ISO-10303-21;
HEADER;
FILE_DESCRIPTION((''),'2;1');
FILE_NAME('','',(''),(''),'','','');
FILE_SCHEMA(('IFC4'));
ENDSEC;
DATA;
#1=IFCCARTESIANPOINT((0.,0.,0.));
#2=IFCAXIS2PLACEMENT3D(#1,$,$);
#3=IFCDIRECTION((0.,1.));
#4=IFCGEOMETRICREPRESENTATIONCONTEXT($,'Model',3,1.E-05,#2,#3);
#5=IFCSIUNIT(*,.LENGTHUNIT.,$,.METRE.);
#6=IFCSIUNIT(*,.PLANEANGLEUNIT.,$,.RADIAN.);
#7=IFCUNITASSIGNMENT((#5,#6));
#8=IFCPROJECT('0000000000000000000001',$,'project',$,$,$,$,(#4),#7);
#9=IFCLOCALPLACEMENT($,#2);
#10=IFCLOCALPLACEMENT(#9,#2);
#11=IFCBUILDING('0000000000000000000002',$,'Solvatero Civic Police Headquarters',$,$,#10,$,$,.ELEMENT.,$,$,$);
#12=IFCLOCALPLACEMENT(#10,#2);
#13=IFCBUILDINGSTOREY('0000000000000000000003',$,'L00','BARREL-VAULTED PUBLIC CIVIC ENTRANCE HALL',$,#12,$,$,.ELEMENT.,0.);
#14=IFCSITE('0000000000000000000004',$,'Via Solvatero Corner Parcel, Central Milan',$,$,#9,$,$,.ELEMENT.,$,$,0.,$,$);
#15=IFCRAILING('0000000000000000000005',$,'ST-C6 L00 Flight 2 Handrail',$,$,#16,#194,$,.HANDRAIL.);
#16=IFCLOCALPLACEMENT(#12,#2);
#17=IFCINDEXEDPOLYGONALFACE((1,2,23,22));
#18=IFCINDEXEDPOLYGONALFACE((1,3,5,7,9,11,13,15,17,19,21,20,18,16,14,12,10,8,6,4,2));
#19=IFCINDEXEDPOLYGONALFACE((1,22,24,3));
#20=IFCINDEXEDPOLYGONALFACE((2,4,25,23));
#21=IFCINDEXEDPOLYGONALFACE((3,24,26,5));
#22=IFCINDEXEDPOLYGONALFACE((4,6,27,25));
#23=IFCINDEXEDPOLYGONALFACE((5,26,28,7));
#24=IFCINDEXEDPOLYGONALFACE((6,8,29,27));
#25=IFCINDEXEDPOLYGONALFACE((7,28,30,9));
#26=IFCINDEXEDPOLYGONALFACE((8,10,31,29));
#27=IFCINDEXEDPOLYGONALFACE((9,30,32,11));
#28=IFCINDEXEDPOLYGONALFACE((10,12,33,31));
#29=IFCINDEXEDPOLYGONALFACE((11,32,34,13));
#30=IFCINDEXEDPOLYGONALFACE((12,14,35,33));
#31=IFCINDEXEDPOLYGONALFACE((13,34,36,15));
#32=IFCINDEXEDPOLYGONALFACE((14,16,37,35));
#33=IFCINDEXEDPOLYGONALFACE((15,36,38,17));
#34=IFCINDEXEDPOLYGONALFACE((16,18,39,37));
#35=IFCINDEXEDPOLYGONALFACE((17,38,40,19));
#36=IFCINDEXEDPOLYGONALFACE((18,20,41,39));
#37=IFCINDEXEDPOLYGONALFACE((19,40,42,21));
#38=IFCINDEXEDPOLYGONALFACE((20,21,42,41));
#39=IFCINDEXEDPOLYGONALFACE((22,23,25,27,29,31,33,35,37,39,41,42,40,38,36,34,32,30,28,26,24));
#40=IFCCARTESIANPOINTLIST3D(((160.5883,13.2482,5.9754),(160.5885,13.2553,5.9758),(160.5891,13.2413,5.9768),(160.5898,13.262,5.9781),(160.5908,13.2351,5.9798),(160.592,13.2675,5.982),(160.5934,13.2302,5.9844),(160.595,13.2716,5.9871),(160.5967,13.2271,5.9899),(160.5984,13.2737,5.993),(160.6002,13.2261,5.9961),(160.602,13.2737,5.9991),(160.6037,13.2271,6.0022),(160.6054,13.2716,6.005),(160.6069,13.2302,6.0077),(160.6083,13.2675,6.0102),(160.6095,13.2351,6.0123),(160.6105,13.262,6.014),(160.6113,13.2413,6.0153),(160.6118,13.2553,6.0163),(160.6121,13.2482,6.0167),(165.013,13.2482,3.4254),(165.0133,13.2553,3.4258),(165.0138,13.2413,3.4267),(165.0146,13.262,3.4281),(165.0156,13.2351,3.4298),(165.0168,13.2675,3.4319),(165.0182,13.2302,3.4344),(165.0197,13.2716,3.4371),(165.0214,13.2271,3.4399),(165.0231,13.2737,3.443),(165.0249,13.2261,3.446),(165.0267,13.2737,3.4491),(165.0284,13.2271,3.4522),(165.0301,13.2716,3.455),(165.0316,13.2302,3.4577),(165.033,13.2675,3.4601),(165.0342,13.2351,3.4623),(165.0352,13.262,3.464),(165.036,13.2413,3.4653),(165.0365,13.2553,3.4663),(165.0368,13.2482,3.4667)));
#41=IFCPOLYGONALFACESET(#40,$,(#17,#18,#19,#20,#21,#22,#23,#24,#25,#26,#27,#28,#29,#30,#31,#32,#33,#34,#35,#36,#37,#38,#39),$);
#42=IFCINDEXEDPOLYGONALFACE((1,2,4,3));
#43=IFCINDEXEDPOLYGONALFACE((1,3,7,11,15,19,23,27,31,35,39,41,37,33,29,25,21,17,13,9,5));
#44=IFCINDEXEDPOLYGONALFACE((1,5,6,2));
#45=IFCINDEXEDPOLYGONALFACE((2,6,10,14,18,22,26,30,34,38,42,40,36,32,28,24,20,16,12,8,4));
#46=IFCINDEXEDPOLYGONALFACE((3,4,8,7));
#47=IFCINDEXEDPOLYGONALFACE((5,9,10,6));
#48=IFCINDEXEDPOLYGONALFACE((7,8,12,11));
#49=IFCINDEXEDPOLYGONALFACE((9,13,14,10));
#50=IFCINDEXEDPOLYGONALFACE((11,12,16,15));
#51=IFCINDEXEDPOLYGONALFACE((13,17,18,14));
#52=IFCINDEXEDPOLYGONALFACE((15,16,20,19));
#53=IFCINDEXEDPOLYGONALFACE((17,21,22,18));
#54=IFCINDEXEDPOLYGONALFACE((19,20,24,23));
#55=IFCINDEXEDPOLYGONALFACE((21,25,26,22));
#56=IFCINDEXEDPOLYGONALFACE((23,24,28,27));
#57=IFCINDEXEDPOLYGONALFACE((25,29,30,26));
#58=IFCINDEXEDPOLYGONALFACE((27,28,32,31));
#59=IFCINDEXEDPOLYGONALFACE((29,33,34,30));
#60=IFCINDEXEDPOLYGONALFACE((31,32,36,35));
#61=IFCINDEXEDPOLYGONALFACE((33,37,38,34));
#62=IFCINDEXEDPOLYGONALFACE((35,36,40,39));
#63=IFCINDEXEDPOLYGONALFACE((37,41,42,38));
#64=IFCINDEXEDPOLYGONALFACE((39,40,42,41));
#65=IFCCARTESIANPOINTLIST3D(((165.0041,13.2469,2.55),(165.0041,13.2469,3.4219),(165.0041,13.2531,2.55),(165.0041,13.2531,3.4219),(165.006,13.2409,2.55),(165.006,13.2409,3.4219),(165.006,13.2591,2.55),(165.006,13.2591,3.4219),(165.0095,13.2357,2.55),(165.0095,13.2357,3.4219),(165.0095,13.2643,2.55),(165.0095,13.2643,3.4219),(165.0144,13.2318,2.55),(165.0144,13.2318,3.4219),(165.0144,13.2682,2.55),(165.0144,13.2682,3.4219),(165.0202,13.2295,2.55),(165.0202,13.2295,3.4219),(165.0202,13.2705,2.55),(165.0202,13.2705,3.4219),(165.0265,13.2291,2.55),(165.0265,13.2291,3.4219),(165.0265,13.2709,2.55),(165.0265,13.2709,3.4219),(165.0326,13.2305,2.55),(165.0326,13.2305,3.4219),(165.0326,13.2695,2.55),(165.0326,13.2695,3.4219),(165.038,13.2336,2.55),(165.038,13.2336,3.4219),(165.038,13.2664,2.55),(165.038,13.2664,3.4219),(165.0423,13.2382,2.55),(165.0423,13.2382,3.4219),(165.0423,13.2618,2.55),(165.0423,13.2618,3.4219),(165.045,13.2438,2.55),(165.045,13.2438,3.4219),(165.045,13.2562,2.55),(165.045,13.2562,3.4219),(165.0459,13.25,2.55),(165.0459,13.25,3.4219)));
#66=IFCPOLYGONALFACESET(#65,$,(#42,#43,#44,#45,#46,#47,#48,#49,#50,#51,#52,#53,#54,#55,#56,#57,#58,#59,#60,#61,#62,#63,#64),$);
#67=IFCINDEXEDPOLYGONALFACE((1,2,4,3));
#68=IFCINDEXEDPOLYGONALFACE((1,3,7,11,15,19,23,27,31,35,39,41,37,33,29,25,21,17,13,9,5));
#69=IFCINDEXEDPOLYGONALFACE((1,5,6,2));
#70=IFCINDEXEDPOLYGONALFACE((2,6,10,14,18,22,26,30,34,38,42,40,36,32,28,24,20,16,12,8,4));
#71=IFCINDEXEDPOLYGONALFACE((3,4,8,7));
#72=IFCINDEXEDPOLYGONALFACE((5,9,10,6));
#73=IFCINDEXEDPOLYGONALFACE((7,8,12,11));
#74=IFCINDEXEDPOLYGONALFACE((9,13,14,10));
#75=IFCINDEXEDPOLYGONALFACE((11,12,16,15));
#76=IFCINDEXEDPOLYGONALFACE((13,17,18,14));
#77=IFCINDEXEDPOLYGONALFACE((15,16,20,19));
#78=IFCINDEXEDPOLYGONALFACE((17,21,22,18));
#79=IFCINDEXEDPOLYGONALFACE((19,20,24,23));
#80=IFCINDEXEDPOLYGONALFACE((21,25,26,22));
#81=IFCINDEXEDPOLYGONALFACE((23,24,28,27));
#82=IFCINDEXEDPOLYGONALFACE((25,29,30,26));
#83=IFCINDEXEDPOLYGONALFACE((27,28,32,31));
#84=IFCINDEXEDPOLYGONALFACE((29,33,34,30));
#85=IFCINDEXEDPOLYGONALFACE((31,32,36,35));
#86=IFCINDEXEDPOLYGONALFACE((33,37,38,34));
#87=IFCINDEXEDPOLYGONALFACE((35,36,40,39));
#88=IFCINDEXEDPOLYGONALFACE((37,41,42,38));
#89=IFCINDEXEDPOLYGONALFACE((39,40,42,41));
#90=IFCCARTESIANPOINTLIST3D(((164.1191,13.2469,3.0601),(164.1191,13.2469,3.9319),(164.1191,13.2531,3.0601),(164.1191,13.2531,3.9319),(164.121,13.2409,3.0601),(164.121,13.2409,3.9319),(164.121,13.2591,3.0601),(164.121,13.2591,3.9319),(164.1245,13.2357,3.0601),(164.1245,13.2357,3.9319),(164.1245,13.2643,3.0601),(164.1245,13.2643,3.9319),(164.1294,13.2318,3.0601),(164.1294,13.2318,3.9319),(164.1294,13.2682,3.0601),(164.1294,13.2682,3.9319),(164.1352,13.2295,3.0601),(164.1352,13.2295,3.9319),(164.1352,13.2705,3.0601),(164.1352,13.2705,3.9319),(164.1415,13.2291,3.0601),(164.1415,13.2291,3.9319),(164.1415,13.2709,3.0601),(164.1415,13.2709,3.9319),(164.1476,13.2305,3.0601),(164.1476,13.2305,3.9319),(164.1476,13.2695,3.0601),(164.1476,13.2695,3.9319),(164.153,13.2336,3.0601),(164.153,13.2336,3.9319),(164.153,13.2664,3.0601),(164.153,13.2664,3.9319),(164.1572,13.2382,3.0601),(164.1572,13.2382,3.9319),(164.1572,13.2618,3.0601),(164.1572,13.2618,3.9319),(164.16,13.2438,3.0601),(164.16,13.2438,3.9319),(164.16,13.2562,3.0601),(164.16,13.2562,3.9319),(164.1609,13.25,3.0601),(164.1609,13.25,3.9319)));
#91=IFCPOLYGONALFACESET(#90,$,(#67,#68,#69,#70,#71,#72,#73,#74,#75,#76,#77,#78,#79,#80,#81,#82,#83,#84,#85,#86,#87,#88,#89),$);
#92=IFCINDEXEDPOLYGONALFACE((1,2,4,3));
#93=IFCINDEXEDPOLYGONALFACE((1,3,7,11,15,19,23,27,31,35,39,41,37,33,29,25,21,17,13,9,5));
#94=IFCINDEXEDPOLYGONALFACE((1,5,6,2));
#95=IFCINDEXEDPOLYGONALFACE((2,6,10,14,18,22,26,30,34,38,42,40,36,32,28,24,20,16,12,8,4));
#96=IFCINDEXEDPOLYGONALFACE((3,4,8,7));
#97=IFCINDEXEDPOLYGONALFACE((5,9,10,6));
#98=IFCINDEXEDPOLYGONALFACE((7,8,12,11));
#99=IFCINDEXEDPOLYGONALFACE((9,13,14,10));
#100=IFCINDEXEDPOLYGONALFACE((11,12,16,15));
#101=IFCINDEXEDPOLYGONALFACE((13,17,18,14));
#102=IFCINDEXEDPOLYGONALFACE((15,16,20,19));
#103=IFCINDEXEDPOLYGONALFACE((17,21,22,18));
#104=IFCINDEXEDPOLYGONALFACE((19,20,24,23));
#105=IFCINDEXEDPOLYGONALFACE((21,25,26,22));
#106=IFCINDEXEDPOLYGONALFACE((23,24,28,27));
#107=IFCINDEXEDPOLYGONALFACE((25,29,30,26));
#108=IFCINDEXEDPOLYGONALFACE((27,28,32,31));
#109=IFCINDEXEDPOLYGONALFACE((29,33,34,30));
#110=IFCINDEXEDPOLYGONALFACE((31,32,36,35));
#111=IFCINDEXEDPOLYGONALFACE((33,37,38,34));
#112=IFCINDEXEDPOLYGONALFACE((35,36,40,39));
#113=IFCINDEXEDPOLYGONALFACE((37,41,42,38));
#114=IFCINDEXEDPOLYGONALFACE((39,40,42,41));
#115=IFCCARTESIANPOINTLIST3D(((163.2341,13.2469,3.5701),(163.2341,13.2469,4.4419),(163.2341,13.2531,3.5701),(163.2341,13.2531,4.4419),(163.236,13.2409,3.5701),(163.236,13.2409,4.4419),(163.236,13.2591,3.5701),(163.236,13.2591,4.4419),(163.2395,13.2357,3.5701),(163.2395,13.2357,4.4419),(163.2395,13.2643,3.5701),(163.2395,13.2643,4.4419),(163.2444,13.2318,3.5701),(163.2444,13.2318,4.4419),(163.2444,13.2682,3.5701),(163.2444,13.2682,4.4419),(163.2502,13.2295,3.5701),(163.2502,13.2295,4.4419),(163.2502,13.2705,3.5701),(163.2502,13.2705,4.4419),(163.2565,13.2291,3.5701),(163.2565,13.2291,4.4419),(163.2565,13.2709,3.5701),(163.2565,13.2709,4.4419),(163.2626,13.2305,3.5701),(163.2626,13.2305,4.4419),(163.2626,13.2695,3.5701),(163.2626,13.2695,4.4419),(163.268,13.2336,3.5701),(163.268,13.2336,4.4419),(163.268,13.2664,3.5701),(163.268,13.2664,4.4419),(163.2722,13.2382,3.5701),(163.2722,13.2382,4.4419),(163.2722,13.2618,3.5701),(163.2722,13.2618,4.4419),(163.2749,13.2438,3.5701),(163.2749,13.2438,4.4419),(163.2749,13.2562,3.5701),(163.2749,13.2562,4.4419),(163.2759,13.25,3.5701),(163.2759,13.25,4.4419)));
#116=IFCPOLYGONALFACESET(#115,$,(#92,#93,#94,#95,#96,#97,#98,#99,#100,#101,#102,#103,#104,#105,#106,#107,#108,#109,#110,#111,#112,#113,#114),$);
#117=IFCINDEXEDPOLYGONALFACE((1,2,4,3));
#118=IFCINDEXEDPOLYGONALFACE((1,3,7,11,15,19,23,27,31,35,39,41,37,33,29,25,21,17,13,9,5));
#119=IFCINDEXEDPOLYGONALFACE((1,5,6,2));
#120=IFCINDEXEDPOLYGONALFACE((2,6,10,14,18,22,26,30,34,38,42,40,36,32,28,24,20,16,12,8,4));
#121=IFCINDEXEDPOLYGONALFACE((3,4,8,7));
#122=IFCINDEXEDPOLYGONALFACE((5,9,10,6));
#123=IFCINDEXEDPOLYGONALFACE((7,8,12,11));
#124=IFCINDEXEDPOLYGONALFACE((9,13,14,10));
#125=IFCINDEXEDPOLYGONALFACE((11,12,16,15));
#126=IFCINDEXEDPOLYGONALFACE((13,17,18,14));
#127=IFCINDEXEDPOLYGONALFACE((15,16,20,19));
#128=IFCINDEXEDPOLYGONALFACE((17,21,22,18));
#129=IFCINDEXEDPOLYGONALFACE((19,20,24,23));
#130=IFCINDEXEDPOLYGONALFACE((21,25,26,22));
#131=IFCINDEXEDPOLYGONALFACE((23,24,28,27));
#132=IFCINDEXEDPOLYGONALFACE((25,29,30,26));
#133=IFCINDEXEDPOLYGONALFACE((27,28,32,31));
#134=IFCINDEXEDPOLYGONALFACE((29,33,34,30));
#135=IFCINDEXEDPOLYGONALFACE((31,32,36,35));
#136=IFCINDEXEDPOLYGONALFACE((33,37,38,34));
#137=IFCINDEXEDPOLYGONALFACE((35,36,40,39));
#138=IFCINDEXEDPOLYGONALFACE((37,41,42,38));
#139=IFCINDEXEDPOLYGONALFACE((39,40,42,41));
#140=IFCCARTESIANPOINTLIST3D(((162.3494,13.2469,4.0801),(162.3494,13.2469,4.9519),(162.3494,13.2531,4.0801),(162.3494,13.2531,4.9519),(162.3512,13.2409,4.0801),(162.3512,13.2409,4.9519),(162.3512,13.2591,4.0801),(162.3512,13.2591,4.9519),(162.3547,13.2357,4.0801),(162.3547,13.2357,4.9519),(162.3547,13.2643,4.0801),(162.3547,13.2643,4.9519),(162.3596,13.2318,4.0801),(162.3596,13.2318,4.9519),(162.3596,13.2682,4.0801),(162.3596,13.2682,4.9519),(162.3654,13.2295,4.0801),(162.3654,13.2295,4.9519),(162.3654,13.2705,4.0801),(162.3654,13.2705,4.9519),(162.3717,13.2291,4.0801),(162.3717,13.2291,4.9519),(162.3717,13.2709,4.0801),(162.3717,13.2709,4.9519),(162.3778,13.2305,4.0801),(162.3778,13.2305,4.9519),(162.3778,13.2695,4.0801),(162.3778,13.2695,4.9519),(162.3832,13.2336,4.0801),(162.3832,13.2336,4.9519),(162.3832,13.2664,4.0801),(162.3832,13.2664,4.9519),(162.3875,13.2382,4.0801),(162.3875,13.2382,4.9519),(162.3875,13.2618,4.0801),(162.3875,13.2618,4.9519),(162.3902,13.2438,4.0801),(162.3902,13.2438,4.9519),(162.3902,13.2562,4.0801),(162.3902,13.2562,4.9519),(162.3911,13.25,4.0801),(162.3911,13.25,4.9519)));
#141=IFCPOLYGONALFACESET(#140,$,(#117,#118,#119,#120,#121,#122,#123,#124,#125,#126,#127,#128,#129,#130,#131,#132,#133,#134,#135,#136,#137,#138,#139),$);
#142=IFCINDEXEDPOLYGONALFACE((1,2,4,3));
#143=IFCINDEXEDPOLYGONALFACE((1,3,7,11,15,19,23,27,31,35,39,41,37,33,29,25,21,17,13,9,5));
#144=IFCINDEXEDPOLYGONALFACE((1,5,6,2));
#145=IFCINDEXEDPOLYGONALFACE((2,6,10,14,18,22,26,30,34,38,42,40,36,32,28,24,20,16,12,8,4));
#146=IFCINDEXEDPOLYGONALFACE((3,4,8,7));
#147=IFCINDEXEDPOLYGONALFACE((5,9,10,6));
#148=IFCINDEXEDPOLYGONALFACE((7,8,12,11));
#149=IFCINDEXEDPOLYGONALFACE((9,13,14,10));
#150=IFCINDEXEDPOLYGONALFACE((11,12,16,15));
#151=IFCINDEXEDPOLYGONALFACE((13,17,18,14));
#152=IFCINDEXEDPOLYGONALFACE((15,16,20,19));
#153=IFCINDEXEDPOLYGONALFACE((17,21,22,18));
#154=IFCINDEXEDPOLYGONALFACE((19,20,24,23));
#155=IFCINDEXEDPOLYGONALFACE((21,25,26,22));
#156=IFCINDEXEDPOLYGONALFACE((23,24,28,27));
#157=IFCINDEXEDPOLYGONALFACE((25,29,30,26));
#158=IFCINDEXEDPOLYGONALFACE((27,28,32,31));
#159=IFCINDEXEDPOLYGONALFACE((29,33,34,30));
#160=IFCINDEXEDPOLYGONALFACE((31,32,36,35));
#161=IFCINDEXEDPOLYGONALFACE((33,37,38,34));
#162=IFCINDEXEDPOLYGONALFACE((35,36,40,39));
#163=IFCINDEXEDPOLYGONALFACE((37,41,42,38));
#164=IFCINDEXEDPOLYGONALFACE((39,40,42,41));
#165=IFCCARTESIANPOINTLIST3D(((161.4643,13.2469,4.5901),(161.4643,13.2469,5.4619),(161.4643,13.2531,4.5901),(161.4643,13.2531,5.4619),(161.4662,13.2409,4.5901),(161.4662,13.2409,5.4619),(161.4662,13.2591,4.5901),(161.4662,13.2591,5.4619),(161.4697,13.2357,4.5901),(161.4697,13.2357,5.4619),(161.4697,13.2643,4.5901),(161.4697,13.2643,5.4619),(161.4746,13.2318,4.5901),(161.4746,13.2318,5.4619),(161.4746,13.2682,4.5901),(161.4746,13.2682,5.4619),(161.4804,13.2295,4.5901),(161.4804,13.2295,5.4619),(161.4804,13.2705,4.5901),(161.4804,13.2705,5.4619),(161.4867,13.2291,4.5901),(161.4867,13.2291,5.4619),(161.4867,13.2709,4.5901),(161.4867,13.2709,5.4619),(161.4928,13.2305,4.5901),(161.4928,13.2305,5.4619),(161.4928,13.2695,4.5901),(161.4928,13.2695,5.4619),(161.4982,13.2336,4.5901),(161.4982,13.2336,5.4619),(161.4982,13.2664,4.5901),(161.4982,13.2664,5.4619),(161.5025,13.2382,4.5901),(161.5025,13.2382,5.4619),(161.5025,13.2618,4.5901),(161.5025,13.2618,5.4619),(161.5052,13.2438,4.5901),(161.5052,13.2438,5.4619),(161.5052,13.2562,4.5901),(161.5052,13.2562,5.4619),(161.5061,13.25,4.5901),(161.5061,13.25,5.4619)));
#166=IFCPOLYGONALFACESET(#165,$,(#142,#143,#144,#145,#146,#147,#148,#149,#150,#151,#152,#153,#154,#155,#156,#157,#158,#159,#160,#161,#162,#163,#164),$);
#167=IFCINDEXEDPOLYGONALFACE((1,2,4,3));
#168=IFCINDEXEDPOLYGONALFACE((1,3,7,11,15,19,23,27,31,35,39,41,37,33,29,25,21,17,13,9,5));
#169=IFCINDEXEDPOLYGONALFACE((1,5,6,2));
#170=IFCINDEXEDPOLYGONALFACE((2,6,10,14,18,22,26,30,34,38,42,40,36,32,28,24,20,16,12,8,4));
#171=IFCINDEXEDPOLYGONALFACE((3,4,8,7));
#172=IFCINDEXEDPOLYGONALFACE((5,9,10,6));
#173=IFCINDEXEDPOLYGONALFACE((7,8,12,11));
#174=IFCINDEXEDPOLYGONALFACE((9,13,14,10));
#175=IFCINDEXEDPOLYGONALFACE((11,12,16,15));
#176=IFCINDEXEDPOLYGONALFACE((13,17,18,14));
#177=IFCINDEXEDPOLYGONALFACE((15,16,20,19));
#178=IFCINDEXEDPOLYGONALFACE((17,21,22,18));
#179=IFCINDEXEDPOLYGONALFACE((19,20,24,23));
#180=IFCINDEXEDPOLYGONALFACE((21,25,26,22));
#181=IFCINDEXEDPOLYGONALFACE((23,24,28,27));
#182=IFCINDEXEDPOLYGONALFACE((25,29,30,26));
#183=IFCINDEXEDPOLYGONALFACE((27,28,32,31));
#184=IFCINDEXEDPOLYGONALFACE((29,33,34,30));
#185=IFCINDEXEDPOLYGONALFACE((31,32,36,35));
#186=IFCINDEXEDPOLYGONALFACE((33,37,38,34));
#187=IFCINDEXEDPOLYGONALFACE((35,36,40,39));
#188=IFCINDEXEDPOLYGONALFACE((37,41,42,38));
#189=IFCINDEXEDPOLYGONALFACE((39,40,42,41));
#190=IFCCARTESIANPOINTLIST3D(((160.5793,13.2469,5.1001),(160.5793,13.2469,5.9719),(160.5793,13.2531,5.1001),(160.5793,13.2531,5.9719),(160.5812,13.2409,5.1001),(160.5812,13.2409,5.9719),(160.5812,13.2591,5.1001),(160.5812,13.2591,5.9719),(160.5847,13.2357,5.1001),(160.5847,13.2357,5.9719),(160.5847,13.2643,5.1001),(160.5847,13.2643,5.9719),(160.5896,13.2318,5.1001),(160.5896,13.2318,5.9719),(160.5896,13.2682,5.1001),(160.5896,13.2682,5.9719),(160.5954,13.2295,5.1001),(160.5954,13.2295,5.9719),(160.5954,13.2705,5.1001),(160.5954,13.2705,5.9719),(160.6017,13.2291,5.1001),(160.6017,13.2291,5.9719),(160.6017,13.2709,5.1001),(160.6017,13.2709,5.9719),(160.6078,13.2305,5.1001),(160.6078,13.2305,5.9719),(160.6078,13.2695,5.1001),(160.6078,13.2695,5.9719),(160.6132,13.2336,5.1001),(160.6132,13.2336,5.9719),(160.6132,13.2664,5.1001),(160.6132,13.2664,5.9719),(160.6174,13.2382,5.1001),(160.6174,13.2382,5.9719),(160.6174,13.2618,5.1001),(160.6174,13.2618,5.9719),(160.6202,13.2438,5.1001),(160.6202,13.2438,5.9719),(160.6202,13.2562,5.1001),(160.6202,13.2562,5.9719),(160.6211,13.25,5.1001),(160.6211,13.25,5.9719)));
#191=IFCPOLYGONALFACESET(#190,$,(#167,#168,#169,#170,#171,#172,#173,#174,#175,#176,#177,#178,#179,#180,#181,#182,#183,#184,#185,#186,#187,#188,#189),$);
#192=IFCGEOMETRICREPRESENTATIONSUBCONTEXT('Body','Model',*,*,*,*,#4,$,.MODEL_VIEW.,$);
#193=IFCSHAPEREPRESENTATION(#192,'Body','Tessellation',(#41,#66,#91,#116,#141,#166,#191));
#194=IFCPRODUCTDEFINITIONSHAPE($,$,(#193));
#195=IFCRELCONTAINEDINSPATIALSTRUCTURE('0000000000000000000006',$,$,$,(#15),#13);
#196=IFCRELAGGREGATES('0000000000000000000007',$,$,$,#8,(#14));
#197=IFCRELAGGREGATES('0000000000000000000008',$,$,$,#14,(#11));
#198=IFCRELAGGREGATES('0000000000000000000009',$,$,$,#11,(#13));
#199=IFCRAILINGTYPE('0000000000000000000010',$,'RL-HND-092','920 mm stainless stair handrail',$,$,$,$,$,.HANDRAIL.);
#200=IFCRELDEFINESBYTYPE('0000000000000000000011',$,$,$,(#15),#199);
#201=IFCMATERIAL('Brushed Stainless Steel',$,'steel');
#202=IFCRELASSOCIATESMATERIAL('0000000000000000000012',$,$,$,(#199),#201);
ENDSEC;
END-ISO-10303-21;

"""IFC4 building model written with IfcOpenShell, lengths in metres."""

from ifc_helpers import new_model, si_unit, direction, frame, origin, origin_2d, place, context, subcontext, project, spatial, circle, extrude, material, type_object, element, save


model = new_model("IFC4")

# Units and contexts
model_context = context("Model", 3, precision=1e-05, world=origin(), true_north=direction((0.0, 1.0)))
body_context = subcontext(model_context, "Body", "Model", "MODEL_VIEW")
ifc_project = project(units=[si_unit("LENGTHUNIT", "METRE"), si_unit("PLANEANGLEUNIT", "RADIAN")], contexts=[model_context])

# Site, building, storey
site_placement = place(None, origin())
site = spatial("IfcSite", under=ifc_project, at=site_placement, Name="Via Solvatero Corner Parcel, Central Milan", CompositionType="ELEMENT", RefElevation=0.0)
building_placement = place(site_placement, origin())
building = spatial("IfcBuilding", under=site, at=building_placement, Name="Solvatero Civic Police Headquarters", CompositionType="ELEMENT")
storey_placement = place(building_placement, origin())
storey = spatial("IfcBuildingStorey", under=building, at=storey_placement, Name="L00", Description="BARREL-VAULTED PUBLIC CIVIC ENTRANCE HALL", CompositionType="ELEMENT", Elevation=0.0)

# Railing
ifc_material_1 = material(Name="Brushed Stainless Steel", Category="steel")
railing_type_1 = type_object("IfcRailingType", Name="RL-HND-092", Description="920 mm stainless stair handrail", PredefinedType="HANDRAIL", material=ifc_material_1)
railing_1_placement = place(storey_placement, frame((165.0249, 13.25, 2.55)))
element("IfcRailing", 1, at=railing_1_placement, inside=storey, type_object=railing_type_1, Name="ST-C6 L00 Flight 2 Handrail", PredefinedType="HANDRAIL", context=body_context, shape_type="SweptSolid", body=[
    extrude(circle(Radius=0.0239, at=origin_2d()), frame((0.0, 0.0, 0.896), z_axis=(-0.866416, 0.0, 0.499322), x_axis=(0.0, -1.0, 0.0)), (0.0, 0.0, 1.0), 5.1069),
    extrude(circle(Radius=0.021, at=origin_2d()), origin(), (0.0, 0.0, 1.0), 0.8718),
    extrude(circle(Radius=0.021, at=origin_2d()), frame((-0.885, 0.0, 0.51)), (0.0, 0.0, 1.0), 0.8718),
    extrude(circle(Radius=0.021, at=origin_2d()), frame((-1.77, 0.0, 1.02)), (0.0, 0.0, 1.0), 0.8718),
    extrude(circle(Radius=0.021, at=origin_2d()), frame((-2.6548, 0.0, 1.53)), (0.0, 0.0, 1.0), 0.8718),
    extrude(circle(Radius=0.021, at=origin_2d()), frame((-3.5398, 0.0, 2.04)), (0.0, 0.0, 1.0), 0.8718),
    extrude(circle(Radius=0.021, at=origin_2d()), frame((-4.4248, 0.0, 2.55)), (0.0, 0.0, 1.0), 0.8718),
])

save(model, "model.ifc")
